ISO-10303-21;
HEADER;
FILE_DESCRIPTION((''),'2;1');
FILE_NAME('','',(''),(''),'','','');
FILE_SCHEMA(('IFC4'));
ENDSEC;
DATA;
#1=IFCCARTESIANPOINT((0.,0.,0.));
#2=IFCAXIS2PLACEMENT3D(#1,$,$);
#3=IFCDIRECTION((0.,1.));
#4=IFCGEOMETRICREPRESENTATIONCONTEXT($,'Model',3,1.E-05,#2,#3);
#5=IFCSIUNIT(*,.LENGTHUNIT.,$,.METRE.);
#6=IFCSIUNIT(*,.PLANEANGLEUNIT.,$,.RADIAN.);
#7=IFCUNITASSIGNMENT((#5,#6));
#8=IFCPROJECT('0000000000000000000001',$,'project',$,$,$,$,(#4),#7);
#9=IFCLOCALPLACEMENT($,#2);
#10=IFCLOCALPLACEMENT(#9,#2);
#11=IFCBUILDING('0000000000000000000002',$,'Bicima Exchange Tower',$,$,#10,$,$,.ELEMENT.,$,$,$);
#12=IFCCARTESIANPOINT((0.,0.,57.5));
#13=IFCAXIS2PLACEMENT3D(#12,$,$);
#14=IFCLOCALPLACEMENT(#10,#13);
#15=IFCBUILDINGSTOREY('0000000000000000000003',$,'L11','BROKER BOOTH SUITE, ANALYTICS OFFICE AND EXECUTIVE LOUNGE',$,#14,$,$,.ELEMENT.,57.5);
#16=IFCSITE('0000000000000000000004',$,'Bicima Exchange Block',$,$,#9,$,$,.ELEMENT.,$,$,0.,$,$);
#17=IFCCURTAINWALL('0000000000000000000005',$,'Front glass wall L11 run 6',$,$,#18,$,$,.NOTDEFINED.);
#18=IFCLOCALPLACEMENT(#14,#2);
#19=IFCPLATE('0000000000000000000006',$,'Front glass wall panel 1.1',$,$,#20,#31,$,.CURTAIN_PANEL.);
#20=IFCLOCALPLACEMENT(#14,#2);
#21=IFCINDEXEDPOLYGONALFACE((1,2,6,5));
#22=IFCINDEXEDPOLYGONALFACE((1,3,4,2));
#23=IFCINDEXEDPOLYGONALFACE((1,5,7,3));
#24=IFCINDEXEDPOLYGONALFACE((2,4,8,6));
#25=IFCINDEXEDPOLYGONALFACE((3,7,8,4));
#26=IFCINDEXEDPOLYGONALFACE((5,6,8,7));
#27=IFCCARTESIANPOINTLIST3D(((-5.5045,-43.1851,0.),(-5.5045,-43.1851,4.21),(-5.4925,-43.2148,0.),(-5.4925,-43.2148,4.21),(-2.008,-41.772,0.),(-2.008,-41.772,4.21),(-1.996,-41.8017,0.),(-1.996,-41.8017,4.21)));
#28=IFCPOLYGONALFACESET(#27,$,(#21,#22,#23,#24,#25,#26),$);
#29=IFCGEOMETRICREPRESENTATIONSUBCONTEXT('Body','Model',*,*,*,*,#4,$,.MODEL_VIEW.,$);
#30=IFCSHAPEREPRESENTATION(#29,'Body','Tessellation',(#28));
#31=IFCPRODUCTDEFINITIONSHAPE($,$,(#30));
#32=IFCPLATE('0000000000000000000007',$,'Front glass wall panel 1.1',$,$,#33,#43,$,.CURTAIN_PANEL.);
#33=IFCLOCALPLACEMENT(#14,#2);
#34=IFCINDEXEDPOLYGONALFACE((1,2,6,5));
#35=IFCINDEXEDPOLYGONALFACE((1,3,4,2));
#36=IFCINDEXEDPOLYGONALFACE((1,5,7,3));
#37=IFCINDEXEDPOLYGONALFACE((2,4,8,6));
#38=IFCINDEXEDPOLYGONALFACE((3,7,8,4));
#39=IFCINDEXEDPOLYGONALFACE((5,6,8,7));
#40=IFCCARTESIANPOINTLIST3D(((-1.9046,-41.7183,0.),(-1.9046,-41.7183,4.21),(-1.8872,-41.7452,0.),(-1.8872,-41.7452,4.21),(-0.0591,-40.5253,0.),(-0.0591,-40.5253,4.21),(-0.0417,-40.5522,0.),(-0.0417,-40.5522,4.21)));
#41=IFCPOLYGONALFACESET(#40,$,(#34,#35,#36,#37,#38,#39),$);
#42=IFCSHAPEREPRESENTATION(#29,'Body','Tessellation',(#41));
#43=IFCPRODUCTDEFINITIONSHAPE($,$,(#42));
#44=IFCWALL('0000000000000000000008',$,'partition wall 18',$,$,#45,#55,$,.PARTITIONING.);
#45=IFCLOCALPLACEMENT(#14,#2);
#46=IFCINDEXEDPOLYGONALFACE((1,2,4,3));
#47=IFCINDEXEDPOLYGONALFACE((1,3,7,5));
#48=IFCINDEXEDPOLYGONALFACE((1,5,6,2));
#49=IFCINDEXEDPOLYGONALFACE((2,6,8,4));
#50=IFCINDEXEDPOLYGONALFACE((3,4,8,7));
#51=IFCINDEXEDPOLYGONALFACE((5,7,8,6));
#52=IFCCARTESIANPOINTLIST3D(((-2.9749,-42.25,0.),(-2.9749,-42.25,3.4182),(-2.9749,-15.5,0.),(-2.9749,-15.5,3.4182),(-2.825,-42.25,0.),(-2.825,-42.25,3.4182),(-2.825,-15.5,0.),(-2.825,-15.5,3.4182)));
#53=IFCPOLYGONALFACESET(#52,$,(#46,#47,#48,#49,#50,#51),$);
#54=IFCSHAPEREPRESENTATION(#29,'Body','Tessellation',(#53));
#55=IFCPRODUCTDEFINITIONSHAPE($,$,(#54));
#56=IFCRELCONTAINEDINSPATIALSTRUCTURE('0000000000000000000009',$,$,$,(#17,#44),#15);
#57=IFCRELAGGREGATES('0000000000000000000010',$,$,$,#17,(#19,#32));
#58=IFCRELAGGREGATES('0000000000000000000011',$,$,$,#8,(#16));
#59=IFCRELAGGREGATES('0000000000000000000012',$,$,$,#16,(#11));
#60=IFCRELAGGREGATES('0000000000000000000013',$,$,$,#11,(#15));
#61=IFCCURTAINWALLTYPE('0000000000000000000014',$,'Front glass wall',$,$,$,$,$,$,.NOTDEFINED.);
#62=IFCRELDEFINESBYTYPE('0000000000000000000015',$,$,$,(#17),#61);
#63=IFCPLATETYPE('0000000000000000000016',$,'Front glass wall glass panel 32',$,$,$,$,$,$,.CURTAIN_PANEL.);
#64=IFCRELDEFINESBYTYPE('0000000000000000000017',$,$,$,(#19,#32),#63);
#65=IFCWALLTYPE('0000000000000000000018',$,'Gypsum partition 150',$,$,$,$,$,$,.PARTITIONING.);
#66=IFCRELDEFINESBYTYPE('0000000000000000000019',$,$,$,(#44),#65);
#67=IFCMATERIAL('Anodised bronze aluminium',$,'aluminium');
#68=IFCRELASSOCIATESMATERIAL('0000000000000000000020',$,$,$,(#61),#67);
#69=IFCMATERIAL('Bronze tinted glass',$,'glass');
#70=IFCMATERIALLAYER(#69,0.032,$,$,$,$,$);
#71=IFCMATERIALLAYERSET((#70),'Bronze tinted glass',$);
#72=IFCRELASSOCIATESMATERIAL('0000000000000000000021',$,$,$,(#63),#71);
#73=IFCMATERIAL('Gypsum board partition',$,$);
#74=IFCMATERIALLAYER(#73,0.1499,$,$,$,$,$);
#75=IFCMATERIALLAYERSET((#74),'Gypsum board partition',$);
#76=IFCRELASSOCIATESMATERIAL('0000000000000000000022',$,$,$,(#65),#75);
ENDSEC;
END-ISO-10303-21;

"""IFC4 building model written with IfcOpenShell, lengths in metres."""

from ifc_helpers import new_model, si_unit, direction, frame, frame_2d, origin, origin_2d, place, context, subcontext, project, spatial, rectangle, extrude, material, layer, layer_set, type_object, element, aggregate, save


model = new_model("IFC4")

# Units and contexts
model_context = context("Model", 3, precision=1e-05, world=origin(), true_north=direction((0.0, 1.0)))
body_context = subcontext(model_context, "Body", "Model", "MODEL_VIEW")
ifc_project = project(units=[si_unit("LENGTHUNIT", "METRE"), si_unit("PLANEANGLEUNIT", "RADIAN")], contexts=[model_context])

# Site, building, storey
site_placement = place(None, origin())
site = spatial("IfcSite", under=ifc_project, at=site_placement, Name="Bicima Exchange Block", CompositionType="ELEMENT", RefElevation=0.0)
building_placement = place(site_placement, origin())
building = spatial("IfcBuilding", under=site, at=building_placement, Name="Bicima Exchange Tower", CompositionType="ELEMENT")
storey_placement = place(building_placement, frame((0.0, 0.0, 57.5)))
storey = spatial("IfcBuildingStorey", under=building, at=storey_placement, Name="L11", Description="BROKER BOOTH SUITE, ANALYTICS OFFICE AND EXECUTIVE LOUNGE", CompositionType="ELEMENT", Elevation=57.5)

# Curtain wall
ifc_material_1 = material(Name="Anodised bronze aluminium", Category="aluminium")
curtain_wall_type = type_object("IfcCurtainWallType", Name="Front glass wall", PredefinedType="NOTDEFINED", material=ifc_material_1)
curtain_wall_placement = place(storey_placement, origin())
curtain_wall = element("IfcCurtainWall", 1, at=curtain_wall_placement, inside=storey, type_object=curtain_wall_type, Name="Front glass wall L11 run 6", PredefinedType="NOTDEFINED")

# Plates
ifc_material_2 = material(Name="Bronze tinted glass", Category="glass")
ifc_layer_1 = layer(ifc_material_2, 0.032)
ifc_layer_set_1 = layer_set([ifc_layer_1], Name="Bronze tinted glass")
plate_type = type_object("IfcPlateType", Name="Front glass wall glass panel 32", PredefinedType="CURTAIN_PANEL", material=ifc_layer_set_1)
plate_1_placement = place(storey_placement, frame((-3.7502, -42.4934, 0.0), z_axis=(0.0, 0.0, 1.0), x_axis=(0.927144, 0.374705, 0.0)))
plate_1 = element("IfcPlate", 2, at=plate_1_placement, type_object=plate_type, Name="Front glass wall panel 1.1", PredefinedType="CURTAIN_PANEL", context=body_context, shape_type="SweptSolid", body=[
    extrude(rectangle(XDim=3.7712, YDim=0.032, at=origin_2d()), origin(), (0.0, 0.0, 1.0), 4.21),
])
plate_2_placement = place(storey_placement, frame((-0.9731, -41.1353, 0.0), z_axis=(0.0, 0.0, 1.0), x_axis=(0.839799, 0.542897, 0.0)))
plate_2 = element("IfcPlate", 3, at=plate_2_placement, type_object=plate_type, Name="Front glass wall panel 1.1", PredefinedType="CURTAIN_PANEL", context=body_context, shape_type="SweptSolid", body=[
    extrude(rectangle(XDim=2.1975, YDim=0.032, at=origin_2d()), origin(), (0.0, 0.0, 1.0), 4.21),
])
aggregate(curtain_wall, [plate_1, plate_2])

# Wall
ifc_material_3 = material(Name="Gypsum board partition")
ifc_layer_2 = layer(ifc_material_3, 0.1499)
ifc_layer_set_2 = layer_set([ifc_layer_2], Name="Gypsum board partition")
wall_type = type_object("IfcWallType", Name="Gypsum partition 150", PredefinedType="PARTITIONING", material=ifc_layer_set_2)
wall_placement = place(storey_placement, frame((-2.8999, -42.25, 0.0), z_axis=(0.0, 0.0, 1.0), x_axis=(0.0, 1.0, 0.0)))
element("IfcWall", 4, at=wall_placement, inside=storey, type_object=wall_type, Name="partition wall 18", PredefinedType="PARTITIONING", context=body_context, shape_type="SweptSolid", body=[
    extrude(rectangle(XDim=26.75, YDim=0.1499, at=frame_2d((13.375, 0.0))), origin(), (0.0, 0.0, 1.0), 3.4182),
])

save(model, "model.ifc")
